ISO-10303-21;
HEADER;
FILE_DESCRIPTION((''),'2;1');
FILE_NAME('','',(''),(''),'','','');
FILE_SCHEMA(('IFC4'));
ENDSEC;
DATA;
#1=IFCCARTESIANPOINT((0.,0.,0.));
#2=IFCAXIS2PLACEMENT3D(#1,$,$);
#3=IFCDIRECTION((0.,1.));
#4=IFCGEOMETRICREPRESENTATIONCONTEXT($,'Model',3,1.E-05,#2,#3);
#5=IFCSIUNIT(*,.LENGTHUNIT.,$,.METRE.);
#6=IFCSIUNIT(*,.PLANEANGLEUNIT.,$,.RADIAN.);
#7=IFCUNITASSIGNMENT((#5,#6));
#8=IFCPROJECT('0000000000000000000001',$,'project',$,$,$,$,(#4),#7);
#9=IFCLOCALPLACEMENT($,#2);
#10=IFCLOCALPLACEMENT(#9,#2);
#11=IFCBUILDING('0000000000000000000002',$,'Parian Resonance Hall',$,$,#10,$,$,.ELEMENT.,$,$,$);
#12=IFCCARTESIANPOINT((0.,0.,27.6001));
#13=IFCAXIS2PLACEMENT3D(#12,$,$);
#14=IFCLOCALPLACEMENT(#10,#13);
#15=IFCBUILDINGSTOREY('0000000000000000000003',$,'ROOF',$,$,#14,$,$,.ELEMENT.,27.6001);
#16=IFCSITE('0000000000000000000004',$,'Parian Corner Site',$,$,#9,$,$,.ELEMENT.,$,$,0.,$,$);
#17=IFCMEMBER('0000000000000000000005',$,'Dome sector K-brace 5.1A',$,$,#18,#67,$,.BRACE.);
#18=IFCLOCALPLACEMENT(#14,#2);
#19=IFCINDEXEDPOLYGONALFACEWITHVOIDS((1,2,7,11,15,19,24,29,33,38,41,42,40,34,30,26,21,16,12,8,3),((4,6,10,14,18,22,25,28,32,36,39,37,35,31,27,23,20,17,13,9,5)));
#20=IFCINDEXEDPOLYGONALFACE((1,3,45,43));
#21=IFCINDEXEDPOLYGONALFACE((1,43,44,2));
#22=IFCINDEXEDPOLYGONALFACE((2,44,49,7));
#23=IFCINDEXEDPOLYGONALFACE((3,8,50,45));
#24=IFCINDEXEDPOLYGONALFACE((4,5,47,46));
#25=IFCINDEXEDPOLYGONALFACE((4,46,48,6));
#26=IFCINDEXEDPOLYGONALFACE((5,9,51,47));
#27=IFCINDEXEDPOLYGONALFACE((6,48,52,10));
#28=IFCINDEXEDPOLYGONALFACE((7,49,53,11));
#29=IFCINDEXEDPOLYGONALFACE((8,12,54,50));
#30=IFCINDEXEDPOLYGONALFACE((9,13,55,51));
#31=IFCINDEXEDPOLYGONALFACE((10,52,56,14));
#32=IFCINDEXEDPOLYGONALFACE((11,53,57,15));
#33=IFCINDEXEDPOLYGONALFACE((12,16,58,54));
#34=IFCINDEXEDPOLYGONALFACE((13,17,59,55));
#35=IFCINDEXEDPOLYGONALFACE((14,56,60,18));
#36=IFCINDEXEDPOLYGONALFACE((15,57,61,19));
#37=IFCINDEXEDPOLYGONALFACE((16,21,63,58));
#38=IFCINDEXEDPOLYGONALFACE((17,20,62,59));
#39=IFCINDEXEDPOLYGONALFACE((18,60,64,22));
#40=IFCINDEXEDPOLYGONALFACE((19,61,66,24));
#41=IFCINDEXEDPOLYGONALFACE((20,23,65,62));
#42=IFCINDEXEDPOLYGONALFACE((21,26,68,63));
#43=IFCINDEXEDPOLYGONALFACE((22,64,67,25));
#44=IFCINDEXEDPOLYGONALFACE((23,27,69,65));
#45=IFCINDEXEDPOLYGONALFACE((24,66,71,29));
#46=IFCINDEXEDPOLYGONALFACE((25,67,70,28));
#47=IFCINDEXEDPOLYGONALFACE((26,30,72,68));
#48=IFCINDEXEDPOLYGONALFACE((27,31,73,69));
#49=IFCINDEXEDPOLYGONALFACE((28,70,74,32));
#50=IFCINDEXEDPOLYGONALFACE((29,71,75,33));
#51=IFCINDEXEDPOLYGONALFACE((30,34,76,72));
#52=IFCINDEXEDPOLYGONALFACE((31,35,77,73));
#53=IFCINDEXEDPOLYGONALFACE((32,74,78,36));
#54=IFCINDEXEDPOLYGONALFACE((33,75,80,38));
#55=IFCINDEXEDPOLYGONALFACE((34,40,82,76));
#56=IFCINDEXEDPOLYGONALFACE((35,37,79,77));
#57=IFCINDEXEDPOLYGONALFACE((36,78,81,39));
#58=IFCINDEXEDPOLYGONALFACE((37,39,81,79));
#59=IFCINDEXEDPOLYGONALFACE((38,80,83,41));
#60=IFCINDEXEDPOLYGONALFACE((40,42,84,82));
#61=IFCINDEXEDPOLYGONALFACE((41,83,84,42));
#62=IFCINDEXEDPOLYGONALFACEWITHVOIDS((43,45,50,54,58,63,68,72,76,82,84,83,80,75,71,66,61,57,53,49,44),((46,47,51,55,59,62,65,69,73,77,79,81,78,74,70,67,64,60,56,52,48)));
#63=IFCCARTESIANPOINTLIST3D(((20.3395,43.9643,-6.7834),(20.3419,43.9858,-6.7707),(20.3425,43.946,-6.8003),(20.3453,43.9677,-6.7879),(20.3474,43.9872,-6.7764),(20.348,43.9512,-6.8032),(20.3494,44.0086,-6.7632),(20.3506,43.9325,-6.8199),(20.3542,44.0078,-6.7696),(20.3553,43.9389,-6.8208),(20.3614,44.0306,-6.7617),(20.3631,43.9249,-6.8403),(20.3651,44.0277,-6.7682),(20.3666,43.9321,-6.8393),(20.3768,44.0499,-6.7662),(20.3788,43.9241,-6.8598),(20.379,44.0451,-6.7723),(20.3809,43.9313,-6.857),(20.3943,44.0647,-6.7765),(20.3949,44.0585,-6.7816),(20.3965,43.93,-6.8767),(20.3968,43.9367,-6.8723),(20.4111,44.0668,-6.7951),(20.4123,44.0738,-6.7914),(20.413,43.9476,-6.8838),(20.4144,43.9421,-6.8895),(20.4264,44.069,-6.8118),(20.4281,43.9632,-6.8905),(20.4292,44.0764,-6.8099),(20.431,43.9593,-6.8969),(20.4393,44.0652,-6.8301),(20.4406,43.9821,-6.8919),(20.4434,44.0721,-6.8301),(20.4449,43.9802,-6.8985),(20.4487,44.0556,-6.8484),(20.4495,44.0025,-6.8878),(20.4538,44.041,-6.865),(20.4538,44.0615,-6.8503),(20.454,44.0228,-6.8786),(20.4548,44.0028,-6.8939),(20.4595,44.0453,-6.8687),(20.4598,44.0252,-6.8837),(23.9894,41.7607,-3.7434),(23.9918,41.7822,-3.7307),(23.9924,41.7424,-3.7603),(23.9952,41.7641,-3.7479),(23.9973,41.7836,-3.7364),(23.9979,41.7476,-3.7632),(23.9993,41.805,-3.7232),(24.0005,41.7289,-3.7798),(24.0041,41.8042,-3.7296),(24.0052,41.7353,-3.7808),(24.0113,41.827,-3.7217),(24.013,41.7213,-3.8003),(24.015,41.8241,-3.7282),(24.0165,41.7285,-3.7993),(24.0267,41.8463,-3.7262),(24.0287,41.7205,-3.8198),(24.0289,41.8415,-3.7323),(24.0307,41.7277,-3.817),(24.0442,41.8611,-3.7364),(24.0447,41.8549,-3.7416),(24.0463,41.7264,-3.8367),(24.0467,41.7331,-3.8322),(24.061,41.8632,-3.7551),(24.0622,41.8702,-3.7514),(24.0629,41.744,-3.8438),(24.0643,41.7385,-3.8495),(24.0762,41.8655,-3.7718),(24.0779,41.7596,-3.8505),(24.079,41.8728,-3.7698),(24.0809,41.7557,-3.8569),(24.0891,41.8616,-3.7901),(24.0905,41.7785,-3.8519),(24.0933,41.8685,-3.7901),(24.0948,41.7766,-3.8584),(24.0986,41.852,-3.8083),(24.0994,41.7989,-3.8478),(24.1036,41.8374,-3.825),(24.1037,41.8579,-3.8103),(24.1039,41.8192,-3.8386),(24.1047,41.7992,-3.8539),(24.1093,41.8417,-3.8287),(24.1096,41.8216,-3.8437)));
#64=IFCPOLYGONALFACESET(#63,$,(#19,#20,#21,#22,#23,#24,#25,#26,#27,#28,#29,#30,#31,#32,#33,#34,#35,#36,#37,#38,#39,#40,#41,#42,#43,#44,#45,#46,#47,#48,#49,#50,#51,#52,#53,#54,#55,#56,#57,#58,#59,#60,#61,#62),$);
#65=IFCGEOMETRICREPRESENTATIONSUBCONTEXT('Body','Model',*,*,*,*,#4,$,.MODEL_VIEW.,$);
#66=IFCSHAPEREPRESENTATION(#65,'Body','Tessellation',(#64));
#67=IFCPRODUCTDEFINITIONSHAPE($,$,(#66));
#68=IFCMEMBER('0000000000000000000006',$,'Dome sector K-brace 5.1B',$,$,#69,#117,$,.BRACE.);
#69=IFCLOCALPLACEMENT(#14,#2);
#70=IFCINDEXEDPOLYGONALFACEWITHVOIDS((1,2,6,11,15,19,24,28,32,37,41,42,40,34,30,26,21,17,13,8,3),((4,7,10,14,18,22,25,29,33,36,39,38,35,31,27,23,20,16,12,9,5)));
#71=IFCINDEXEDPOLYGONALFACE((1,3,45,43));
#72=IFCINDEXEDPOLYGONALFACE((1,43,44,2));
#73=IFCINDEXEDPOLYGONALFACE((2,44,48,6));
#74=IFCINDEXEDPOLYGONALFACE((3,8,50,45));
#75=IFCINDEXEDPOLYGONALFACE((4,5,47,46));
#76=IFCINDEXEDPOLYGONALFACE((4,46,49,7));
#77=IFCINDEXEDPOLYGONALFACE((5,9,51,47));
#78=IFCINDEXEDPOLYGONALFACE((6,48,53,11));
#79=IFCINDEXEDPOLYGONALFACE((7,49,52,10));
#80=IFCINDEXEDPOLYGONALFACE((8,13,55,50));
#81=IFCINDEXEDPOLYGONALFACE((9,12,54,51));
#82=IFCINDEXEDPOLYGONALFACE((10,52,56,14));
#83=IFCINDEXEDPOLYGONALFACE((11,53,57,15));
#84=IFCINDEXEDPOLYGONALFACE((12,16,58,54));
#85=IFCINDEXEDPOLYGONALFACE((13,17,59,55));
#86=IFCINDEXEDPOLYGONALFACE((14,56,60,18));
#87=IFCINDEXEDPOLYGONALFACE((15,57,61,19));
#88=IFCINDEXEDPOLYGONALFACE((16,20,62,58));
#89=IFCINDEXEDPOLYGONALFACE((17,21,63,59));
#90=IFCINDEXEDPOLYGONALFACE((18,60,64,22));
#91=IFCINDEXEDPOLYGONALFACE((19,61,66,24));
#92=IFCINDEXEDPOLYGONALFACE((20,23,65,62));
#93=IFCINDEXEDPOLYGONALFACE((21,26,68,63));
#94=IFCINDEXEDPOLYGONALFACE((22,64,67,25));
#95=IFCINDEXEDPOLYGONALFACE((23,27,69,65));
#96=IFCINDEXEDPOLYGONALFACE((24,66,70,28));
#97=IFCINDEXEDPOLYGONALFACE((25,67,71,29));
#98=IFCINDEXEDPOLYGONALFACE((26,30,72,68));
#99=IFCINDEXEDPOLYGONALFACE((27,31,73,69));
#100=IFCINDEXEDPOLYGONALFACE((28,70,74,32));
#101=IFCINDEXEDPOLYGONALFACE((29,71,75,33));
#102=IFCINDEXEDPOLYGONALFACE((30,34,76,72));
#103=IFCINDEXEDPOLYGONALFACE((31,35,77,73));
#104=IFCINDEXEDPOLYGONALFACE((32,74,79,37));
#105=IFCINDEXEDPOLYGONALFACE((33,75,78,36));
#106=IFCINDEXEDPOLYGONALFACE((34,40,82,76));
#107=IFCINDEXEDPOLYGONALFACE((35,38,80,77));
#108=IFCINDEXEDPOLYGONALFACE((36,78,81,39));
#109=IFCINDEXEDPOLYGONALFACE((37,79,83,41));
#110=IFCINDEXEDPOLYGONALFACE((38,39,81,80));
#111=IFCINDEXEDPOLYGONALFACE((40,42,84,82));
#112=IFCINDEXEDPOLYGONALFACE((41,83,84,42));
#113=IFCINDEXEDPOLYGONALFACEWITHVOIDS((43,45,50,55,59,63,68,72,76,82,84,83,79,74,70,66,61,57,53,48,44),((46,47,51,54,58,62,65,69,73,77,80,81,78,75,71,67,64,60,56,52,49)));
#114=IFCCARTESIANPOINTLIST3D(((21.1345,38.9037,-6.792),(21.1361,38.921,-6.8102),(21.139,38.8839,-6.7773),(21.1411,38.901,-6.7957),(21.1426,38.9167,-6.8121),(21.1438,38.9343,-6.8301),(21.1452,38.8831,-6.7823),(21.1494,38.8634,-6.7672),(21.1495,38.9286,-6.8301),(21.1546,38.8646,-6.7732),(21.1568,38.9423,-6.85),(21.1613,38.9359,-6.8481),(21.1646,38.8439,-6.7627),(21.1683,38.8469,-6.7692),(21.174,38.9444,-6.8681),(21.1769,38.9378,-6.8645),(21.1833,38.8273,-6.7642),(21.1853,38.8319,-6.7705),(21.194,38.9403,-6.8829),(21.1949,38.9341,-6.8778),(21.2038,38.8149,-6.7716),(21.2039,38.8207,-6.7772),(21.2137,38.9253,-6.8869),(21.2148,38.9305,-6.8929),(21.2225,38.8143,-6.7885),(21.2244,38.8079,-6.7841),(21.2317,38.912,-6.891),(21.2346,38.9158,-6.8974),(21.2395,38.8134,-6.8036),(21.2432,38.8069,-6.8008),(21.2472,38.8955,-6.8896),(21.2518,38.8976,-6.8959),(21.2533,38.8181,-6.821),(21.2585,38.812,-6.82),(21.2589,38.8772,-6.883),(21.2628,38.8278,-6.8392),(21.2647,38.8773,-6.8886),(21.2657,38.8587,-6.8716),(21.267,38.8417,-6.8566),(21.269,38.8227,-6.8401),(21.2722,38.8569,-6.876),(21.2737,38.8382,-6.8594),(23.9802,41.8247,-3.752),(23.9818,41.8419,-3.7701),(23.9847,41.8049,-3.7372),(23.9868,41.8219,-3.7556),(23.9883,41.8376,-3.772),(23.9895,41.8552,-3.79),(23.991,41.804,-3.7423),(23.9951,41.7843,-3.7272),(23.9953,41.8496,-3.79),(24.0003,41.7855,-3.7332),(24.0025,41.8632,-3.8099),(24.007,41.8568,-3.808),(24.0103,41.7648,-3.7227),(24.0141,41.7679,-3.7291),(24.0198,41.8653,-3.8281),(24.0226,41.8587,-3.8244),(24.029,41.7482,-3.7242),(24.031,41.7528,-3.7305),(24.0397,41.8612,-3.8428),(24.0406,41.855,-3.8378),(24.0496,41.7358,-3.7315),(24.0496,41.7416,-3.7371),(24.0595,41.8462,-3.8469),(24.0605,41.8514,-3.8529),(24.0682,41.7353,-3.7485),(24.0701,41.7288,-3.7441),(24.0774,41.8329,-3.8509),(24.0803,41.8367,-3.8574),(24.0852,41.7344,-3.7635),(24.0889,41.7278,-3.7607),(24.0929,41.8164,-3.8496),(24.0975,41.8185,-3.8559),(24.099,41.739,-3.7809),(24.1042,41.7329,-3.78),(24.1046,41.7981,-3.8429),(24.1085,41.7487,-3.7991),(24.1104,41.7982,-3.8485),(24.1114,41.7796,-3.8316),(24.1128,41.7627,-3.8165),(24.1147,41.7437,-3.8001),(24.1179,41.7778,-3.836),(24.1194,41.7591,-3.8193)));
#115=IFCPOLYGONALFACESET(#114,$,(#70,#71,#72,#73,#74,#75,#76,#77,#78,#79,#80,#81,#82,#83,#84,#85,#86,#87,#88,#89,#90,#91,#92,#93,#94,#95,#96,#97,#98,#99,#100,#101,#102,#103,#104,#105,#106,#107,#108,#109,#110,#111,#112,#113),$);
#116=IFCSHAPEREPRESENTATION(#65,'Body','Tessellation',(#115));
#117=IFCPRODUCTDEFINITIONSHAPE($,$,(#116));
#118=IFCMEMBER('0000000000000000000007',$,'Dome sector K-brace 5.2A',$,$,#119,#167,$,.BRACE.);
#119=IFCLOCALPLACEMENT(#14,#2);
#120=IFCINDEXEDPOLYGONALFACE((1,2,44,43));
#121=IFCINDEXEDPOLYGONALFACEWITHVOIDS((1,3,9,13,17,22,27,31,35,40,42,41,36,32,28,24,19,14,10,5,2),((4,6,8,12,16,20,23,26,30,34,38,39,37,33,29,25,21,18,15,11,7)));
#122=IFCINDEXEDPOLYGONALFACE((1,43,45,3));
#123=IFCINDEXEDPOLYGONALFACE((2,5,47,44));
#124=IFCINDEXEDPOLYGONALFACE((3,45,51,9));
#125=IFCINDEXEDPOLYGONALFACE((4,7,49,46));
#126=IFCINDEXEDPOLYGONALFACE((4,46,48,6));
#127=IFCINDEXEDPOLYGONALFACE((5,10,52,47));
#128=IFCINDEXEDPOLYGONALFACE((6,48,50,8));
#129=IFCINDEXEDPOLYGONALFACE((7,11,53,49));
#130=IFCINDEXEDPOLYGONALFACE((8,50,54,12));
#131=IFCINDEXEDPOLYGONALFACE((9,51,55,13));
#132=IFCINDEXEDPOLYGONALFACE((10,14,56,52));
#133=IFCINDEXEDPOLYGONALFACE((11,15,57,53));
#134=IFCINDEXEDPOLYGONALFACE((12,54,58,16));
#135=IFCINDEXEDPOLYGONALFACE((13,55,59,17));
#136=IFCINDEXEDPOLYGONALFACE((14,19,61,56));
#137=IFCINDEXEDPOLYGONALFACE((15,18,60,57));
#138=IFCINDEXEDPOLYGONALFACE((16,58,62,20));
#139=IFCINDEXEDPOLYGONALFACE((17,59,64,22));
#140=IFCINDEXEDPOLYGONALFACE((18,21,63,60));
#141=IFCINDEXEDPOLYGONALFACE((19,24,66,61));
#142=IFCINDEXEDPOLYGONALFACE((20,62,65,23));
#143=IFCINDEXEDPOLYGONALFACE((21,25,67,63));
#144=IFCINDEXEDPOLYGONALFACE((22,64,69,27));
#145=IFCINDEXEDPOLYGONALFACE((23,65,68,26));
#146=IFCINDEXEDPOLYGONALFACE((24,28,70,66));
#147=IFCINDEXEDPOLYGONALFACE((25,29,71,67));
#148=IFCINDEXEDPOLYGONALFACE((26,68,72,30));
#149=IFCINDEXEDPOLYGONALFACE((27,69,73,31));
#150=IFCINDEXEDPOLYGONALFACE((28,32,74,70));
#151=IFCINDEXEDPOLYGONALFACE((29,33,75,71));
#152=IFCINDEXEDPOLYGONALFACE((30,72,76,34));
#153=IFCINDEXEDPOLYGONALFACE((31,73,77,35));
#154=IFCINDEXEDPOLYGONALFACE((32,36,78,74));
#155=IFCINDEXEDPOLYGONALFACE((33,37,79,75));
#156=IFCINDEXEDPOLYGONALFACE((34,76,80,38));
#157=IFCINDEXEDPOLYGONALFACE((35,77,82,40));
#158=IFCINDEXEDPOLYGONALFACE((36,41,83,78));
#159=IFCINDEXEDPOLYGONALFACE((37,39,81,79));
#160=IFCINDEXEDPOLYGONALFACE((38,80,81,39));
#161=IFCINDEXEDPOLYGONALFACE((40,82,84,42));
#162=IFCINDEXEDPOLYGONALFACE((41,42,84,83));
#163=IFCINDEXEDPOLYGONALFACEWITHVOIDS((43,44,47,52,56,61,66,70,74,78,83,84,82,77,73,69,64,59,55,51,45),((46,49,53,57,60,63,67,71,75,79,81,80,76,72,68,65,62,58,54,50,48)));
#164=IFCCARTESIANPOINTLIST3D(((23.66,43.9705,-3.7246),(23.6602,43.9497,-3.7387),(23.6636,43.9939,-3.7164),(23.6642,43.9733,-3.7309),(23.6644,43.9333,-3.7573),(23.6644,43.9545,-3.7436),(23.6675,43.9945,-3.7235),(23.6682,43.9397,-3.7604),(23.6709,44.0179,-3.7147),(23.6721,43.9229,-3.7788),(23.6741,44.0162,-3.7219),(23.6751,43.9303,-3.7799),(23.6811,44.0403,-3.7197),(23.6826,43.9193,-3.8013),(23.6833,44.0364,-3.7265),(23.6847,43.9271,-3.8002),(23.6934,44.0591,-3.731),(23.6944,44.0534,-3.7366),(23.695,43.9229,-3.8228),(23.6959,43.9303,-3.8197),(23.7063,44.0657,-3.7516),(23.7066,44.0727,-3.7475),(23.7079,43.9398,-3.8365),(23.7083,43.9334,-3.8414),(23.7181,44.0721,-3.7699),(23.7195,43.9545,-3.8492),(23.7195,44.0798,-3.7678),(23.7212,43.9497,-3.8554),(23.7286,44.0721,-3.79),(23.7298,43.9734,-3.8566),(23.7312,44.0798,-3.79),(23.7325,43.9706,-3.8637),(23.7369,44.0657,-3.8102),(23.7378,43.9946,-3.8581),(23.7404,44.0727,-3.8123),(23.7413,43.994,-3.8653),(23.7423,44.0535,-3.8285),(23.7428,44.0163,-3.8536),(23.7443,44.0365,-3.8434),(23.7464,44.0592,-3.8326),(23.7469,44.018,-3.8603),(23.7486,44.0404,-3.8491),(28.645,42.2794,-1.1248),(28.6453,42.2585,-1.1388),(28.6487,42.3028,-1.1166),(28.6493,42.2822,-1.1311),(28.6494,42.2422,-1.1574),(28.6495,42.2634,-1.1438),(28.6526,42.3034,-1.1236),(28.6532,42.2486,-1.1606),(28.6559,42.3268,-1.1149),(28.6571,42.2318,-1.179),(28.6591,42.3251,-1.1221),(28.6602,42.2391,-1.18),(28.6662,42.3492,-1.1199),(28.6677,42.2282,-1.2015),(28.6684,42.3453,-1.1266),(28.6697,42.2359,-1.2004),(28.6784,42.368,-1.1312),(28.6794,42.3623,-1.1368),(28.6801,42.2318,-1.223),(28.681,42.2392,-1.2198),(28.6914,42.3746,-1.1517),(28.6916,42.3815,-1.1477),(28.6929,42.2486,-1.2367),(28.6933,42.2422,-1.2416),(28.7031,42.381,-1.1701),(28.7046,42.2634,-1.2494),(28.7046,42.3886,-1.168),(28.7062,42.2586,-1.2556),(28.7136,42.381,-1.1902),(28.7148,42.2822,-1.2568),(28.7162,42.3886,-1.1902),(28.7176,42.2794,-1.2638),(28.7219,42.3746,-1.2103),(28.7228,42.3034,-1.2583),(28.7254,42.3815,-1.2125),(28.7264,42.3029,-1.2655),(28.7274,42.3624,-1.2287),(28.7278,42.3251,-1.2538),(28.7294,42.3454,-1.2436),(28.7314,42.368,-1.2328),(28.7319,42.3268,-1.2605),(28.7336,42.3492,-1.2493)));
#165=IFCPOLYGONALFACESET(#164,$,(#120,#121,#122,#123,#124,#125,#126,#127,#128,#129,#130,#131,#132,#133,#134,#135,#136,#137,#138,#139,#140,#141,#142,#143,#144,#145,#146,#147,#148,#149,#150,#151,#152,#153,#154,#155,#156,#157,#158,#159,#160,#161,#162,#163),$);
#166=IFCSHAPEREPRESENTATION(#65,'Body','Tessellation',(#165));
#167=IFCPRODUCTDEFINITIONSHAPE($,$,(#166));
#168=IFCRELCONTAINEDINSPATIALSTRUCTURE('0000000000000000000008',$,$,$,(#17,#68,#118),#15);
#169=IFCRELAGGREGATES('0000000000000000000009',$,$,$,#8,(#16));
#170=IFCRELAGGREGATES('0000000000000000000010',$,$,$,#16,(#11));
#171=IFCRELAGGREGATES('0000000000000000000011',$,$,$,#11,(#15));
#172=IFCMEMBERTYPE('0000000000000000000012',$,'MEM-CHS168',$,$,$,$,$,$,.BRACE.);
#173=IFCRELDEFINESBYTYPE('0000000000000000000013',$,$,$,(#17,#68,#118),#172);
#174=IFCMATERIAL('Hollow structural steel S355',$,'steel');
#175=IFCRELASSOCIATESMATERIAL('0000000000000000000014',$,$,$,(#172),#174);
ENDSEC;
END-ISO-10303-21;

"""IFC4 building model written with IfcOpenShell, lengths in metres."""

from ifc_helpers import new_model, si_unit, direction, frame, origin, origin_2d, place, context, subcontext, project, spatial, hollow_circle, extrude, material, material_profile, profile_set, type_object, element, save


model = new_model("IFC4")

# Units and contexts
model_context = context("Model", 3, precision=1e-05, world=origin(), true_north=direction((0.0, 1.0)))
body_context = subcontext(model_context, "Body", "Model", "MODEL_VIEW")
ifc_project = project(units=[si_unit("LENGTHUNIT", "METRE"), si_unit("PLANEANGLEUNIT", "RADIAN")], contexts=[model_context])

# Site, building, storey
site_placement = place(None, origin())
site = spatial("IfcSite", under=ifc_project, at=site_placement, Name="Parian Corner Site", CompositionType="ELEMENT", RefElevation=0.0)
building_placement = place(site_placement, origin())
building = spatial("IfcBuilding", under=site, at=building_placement, Name="Parian Resonance Hall", CompositionType="ELEMENT")
storey_placement = place(building_placement, frame((0.0, 0.0, 27.6001)))
storey = spatial("IfcBuildingStorey", under=building, at=storey_placement, Name="ROOF", CompositionType="ELEMENT", Elevation=27.6001)

# Members
ifc_material_1 = material(Name="Hollow structural steel S355", Category="steel")
ifc_material_profile_1 = material_profile(ifc_material_1, hollow_circle(Radius=0.0842, WallThickness=0.0081, at=origin_2d()), Name="CHS168.3x8")
ifc_profile_set_1 = profile_set([ifc_material_profile_1], Name="Hollow structural steel S355")
member_type_1 = type_object("IfcMemberType", Name="MEM-CHS168", PredefinedType="BRACE", material=ifc_profile_set_1)
member_1_placement = place(storey_placement, frame((20.3999, 44.0, -6.8301), z_axis=(0.69703, -0.420829, 0.580563), x_axis=(0.516852, 0.856075, 0.0)))
element("IfcMember", 1, at=member_1_placement, inside=storey, type_object=member_type_1, Name="Dome sector K-brace 5.1A", PredefinedType="BRACE", context=body_context, shape_type="SweptSolid", body=[
    extrude(hollow_circle(Radius=0.0842, WallThickness=0.0081, at=origin_2d()), origin(), (0.0, 0.0, 1.0), 5.2363),
])
member_2_placement = place(storey_placement, frame((21.2041, 38.8755, -6.8301), z_axis=(0.559472, 0.574256, 0.597679), x_axis=(-0.716266, 0.697827, 0.0)))
element("IfcMember", 2, at=member_2_placement, inside=storey, type_object=member_type_1, Name="Dome sector K-brace 5.1B", PredefinedType="BRACE", context=body_context, shape_type="SweptSolid", body=[
    extrude(hollow_circle(Radius=0.0842, WallThickness=0.0081, at=origin_2d()), origin(), (0.0, 0.0, 1.0), 5.0864),
])
member_3_placement = place(storey_placement, frame((23.7041, 44.0, -3.79), z_axis=(0.849083, -0.288045, 0.442817), x_axis=(0.32126, 0.946991, 0.0)))
element("IfcMember", 3, at=member_3_placement, inside=storey, type_object=member_type_1, Name="Dome sector K-brace 5.2A", PredefinedType="BRACE", context=body_context, shape_type="SweptSolid", body=[
    extrude(hollow_circle(Radius=0.0842, WallThickness=0.0081, at=origin_2d()), origin(), (0.0, 0.0, 1.0), 5.8711),
])

save(model, "model.ifc")
